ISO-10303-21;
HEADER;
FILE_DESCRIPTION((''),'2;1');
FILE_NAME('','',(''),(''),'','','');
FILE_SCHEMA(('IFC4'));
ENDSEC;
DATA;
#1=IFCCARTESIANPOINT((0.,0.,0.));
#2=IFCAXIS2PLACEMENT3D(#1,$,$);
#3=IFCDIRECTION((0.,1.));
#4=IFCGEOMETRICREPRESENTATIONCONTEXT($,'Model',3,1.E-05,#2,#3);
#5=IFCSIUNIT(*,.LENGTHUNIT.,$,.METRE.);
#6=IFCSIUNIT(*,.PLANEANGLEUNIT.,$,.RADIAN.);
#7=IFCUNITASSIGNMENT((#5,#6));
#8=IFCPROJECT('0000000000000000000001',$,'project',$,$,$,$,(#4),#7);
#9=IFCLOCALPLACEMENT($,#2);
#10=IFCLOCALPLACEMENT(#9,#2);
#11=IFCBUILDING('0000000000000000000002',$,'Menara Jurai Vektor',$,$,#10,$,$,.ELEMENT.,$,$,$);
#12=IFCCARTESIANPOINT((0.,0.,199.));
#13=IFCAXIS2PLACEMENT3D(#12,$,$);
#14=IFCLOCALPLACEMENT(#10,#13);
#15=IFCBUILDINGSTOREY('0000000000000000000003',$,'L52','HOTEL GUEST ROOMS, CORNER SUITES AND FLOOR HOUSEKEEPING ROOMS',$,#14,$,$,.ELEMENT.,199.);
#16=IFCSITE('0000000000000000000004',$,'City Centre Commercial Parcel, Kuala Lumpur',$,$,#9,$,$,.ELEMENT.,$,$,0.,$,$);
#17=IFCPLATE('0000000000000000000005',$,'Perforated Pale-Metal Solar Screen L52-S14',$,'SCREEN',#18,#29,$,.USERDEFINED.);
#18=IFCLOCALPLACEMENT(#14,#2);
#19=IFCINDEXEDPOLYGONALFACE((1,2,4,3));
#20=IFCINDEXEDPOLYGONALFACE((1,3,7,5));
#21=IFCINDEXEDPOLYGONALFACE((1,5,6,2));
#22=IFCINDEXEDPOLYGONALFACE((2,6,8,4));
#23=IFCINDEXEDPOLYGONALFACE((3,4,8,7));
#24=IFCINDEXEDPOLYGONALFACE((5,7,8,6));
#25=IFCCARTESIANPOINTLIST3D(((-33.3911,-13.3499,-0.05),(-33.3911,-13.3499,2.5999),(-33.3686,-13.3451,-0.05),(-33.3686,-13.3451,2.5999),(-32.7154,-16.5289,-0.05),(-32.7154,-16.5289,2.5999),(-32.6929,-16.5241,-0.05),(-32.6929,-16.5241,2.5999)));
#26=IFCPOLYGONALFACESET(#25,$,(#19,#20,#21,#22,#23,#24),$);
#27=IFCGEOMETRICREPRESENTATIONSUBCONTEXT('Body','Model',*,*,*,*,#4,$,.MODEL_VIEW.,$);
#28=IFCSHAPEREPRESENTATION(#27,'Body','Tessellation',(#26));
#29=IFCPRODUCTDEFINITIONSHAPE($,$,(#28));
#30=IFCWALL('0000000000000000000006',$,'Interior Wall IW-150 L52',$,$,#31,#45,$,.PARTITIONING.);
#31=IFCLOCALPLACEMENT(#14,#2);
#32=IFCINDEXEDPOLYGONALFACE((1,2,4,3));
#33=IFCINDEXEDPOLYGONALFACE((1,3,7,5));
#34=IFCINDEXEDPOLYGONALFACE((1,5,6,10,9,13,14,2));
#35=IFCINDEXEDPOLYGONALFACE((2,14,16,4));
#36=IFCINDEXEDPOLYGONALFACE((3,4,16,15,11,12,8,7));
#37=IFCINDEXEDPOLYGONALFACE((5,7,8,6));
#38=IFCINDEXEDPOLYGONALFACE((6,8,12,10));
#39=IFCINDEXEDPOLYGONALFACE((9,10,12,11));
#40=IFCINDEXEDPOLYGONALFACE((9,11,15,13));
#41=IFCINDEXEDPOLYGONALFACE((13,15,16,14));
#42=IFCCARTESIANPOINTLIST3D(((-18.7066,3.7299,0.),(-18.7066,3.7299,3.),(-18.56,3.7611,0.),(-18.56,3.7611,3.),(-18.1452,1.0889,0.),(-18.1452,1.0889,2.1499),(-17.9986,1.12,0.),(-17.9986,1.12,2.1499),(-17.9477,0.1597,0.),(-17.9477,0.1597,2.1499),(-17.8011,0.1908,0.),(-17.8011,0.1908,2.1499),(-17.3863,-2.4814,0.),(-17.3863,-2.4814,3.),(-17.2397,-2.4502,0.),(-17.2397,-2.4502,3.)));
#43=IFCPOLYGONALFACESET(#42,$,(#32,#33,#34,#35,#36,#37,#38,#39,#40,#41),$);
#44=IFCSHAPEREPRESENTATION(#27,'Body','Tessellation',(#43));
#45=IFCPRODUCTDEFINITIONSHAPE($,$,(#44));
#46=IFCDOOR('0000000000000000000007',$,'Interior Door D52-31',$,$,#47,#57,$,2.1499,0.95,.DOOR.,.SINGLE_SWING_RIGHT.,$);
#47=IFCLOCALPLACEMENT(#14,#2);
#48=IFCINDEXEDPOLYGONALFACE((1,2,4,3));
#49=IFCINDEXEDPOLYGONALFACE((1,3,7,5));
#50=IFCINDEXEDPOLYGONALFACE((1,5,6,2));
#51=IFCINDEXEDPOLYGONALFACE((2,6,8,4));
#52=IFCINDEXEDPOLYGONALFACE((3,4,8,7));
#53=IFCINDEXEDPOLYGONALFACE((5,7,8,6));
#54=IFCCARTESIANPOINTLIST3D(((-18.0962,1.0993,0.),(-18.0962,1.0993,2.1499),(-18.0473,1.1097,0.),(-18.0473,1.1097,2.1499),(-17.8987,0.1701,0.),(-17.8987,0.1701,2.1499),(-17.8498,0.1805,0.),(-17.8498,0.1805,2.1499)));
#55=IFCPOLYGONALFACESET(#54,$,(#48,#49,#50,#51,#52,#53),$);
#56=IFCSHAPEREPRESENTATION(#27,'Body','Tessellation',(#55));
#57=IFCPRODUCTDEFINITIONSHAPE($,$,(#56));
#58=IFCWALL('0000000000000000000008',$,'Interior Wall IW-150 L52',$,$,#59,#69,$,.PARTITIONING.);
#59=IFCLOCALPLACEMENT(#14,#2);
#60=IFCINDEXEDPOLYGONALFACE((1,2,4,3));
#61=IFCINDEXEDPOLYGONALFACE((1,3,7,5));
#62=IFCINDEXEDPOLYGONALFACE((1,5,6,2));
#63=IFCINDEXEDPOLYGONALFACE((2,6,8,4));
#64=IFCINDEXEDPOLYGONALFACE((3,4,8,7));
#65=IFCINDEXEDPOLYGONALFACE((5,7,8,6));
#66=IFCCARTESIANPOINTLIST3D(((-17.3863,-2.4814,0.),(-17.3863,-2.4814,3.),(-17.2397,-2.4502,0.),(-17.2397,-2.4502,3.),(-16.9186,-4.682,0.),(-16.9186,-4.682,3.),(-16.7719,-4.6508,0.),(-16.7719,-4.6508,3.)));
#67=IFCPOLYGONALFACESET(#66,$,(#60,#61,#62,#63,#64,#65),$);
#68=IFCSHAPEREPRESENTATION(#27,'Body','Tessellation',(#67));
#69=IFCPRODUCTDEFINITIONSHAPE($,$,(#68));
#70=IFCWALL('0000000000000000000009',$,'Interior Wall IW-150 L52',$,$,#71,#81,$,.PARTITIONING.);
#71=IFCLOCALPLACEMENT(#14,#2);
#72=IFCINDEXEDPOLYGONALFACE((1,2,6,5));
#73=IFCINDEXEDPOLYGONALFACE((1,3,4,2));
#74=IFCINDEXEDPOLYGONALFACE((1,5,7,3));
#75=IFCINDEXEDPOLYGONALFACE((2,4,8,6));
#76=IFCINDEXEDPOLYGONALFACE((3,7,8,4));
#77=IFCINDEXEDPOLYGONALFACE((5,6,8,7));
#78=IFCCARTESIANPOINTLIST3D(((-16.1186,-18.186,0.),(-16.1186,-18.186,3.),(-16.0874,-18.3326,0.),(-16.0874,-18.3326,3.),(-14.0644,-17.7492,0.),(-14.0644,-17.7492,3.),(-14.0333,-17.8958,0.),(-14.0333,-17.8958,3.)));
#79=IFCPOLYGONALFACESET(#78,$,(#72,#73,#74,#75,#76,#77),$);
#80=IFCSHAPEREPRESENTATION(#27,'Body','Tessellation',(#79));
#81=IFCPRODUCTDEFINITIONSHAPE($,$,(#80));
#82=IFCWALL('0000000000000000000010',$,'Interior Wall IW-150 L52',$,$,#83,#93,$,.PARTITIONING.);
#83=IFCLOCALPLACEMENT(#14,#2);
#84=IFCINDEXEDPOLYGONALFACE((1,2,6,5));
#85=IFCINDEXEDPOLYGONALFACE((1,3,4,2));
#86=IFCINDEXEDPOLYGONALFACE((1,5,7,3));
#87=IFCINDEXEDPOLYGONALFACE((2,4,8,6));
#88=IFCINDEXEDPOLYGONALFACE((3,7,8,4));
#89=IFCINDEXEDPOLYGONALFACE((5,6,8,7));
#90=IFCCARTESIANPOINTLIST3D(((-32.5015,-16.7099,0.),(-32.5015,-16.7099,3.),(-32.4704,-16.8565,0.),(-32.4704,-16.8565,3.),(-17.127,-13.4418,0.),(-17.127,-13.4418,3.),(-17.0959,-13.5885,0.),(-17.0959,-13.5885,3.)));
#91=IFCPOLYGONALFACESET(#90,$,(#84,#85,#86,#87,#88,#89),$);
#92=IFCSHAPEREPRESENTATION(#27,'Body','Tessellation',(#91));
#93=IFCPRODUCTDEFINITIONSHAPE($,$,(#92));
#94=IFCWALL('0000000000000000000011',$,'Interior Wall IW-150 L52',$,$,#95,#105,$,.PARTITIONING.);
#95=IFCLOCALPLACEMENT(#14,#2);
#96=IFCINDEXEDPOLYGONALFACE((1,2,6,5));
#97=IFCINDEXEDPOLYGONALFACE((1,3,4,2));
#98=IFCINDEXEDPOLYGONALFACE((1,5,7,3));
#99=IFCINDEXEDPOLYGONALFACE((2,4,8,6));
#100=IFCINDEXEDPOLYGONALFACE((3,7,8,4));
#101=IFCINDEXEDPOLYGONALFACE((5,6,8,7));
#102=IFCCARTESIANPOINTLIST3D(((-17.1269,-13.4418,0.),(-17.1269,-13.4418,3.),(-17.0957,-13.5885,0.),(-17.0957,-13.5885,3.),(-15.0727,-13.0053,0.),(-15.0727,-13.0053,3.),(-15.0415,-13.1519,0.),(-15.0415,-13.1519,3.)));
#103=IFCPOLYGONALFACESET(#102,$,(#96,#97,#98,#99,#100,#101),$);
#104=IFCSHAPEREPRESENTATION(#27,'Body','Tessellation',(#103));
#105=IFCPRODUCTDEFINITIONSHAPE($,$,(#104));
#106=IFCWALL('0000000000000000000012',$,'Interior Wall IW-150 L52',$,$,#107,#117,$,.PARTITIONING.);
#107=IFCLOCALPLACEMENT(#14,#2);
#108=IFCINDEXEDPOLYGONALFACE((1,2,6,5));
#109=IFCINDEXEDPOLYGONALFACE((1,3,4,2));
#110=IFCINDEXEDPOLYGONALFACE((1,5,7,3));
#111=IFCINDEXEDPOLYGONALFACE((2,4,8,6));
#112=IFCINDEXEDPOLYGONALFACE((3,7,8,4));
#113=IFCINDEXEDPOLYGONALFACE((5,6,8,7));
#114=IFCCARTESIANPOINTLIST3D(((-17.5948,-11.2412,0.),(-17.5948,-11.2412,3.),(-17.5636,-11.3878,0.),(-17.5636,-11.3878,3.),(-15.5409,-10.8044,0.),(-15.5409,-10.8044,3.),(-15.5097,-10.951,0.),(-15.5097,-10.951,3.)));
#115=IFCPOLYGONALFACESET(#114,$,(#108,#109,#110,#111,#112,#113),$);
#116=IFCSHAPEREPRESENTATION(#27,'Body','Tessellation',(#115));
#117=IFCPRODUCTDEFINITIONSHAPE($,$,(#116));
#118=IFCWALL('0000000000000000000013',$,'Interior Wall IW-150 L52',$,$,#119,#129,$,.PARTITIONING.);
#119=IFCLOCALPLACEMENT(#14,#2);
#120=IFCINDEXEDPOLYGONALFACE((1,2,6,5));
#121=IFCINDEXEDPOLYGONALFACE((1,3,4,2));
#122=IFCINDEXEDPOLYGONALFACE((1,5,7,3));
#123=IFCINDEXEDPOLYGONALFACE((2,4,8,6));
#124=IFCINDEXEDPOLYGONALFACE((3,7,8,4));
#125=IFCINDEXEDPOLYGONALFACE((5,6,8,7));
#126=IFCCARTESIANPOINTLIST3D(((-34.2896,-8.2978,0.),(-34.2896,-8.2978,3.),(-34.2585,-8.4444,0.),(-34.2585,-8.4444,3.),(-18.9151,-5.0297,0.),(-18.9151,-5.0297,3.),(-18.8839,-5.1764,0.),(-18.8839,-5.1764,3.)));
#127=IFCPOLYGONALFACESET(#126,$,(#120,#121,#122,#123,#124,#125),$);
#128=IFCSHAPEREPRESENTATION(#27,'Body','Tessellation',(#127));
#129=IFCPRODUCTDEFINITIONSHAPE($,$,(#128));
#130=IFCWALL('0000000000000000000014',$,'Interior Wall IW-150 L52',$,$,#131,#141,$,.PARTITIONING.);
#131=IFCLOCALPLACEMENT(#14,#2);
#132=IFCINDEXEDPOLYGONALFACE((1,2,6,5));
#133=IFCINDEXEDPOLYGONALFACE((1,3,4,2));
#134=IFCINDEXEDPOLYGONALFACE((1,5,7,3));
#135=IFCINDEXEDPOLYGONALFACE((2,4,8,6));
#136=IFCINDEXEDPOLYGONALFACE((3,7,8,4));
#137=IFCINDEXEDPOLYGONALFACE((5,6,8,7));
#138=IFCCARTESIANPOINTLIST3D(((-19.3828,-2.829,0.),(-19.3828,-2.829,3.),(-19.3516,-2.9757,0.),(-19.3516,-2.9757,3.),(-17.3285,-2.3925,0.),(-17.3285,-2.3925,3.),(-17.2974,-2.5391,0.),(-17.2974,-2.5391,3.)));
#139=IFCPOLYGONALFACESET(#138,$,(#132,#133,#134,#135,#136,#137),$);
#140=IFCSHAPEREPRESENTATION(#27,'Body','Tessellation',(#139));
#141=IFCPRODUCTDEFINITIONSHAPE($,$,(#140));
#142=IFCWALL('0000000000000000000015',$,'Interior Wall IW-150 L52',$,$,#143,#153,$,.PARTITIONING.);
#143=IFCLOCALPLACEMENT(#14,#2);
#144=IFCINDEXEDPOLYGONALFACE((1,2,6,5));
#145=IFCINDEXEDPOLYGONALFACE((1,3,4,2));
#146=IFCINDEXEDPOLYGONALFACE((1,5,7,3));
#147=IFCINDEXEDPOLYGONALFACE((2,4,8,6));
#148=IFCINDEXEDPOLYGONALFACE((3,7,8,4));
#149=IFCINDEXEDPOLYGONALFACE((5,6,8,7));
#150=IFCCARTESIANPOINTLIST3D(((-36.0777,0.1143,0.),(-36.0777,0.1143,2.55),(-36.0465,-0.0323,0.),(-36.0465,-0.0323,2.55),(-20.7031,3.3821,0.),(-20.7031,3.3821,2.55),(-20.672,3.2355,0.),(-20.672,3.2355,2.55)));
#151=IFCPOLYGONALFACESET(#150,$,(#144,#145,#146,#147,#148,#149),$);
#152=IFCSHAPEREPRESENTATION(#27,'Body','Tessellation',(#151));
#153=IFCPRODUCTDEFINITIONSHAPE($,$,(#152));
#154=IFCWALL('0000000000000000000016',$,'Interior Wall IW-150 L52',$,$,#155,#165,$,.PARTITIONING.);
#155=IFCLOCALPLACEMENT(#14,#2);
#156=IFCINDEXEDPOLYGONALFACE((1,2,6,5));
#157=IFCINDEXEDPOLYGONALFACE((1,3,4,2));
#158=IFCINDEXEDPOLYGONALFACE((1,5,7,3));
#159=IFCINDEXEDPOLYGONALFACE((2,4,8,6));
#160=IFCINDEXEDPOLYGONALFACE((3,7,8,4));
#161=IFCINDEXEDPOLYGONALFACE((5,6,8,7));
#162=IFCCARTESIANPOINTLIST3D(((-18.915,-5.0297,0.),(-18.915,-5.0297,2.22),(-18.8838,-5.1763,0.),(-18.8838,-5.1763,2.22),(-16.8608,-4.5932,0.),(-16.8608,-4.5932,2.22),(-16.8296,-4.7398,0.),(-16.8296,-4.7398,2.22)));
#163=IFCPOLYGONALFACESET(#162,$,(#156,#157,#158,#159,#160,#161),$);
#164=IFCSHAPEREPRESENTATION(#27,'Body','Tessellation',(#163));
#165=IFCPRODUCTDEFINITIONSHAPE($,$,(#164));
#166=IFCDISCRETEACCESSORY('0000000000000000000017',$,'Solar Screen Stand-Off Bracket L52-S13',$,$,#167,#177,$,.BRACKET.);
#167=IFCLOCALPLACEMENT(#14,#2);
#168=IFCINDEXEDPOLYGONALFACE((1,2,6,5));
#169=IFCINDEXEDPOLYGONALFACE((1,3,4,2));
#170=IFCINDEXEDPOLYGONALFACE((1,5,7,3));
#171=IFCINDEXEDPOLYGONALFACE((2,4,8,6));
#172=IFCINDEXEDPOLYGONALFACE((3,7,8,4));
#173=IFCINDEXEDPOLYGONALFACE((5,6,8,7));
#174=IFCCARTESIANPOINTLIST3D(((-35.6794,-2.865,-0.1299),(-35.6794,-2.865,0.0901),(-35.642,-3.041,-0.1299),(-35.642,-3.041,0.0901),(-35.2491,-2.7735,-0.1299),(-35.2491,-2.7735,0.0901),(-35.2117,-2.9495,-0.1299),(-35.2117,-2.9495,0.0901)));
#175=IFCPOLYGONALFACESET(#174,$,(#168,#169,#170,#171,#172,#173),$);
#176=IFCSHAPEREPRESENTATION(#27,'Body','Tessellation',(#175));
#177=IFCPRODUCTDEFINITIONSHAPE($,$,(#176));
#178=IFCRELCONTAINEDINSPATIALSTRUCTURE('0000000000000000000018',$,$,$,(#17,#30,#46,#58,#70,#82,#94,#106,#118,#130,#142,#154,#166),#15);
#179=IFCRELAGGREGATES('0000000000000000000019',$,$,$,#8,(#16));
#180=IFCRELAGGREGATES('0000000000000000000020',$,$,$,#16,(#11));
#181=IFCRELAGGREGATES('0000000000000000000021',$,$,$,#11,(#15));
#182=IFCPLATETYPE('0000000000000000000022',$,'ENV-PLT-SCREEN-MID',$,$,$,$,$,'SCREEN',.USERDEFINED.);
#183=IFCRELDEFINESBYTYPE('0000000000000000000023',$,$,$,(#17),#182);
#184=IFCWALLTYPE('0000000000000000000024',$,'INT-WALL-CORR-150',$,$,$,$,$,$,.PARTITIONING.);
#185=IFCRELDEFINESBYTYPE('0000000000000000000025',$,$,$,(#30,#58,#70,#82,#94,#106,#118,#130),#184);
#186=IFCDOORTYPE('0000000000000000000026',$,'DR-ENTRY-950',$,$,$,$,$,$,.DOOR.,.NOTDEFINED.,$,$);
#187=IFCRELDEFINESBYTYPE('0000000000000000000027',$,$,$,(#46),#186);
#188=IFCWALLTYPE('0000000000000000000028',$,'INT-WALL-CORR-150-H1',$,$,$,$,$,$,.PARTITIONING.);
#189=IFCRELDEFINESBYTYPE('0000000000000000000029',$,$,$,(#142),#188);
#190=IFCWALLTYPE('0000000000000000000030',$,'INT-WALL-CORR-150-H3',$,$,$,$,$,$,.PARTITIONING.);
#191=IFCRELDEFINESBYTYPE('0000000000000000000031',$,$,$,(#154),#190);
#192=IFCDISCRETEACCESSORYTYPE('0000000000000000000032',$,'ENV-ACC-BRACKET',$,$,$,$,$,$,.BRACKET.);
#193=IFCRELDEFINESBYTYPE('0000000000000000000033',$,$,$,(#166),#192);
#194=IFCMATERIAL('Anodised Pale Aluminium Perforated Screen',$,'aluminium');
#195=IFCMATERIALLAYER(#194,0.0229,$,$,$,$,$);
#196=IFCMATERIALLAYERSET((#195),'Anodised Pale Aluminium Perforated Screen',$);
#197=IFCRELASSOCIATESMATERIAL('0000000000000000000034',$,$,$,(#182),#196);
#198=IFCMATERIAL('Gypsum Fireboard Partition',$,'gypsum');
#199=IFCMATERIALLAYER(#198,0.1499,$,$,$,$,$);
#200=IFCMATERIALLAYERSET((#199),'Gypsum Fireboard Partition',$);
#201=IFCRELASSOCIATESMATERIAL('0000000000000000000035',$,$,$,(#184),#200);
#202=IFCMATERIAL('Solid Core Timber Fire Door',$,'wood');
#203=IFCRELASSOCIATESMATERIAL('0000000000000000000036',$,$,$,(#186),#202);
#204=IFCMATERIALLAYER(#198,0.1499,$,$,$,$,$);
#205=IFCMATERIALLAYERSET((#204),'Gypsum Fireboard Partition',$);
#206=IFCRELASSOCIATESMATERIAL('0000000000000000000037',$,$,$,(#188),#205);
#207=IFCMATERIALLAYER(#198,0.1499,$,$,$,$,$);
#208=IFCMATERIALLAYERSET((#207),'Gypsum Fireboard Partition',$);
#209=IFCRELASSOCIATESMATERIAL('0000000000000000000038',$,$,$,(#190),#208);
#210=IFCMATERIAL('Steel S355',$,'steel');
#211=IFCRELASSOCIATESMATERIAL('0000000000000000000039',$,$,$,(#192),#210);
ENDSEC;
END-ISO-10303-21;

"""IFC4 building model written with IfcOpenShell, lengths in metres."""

from ifc_helpers import new_model, si_unit, direction, frame, frame_2d, origin, origin_2d, place, context, subcontext, project, spatial, rectangle, extrude, material, layer, layer_set, type_object, element, fill, save


model = new_model("IFC4")

# Units and contexts
model_context = context("Model", 3, precision=1e-05, world=origin(), true_north=direction((0.0, 1.0)))
body_context = subcontext(model_context, "Body", "Model", "MODEL_VIEW")
ifc_project = project(units=[si_unit("LENGTHUNIT", "METRE"), si_unit("PLANEANGLEUNIT", "RADIAN")], contexts=[model_context])

# Site, building, storey
site_placement = place(None, origin())
site = spatial("IfcSite", under=ifc_project, at=site_placement, Name="City Centre Commercial Parcel, Kuala Lumpur", CompositionType="ELEMENT", RefElevation=0.0)
building_placement = place(site_placement, origin())
building = spatial("IfcBuilding", under=site, at=building_placement, Name="Menara Jurai Vektor", CompositionType="ELEMENT")
storey_placement = place(building_placement, frame((0.0, 0.0, 199.0)))
storey = spatial("IfcBuildingStorey", under=building, at=storey_placement, Name="L52", Description="HOTEL GUEST ROOMS, CORNER SUITES AND FLOOR HOUSEKEEPING ROOMS", CompositionType="ELEMENT", Elevation=199.0)

# Shared definitions
ifc_material_1 = material(Name="Steel S355", Category="steel")

# Plate
ifc_material_2 = material(Name="Anodised Pale Aluminium Perforated Screen", Category="aluminium")
ifc_layer_1 = layer(ifc_material_2, 0.0229)
ifc_layer_set_1 = layer_set([ifc_layer_1], Name="Anodised Pale Aluminium Perforated Screen")
plate_type_1 = type_object("IfcPlateType", Name="ENV-PLT-SCREEN-MID", ElementType="SCREEN", PredefinedType="USERDEFINED", material=ifc_layer_set_1)
for number, where, z_axis, x_axis, name in (
    (1, (-33.042, -14.937, -0.05), (0.0, 0.0, 1.0), (0.207912, -0.978148, 0.0), "Perforated Pale-Metal Solar Screen L52-S14"),
):
    element("IfcPlate", number, at=place(storey_placement, frame(where, z_axis=z_axis, x_axis=x_axis)), inside=storey, type_object=plate_type_1, Name=name, ObjectType="SCREEN", PredefinedType="USERDEFINED", context=body_context, shape_type="SweptSolid", body=[
        extrude(rectangle(XDim=3.25, YDim=0.0229, at=origin_2d()), origin(), (0.0, 0.0, 1.0), 2.6499),
    ])

# Wall, opening, door
ifc_material_3 = material(Name="Gypsum Fireboard Partition", Category="gypsum")
ifc_layer_2 = layer(ifc_material_3, 0.1499)
ifc_layer_set_2 = layer_set([ifc_layer_2], Name="Gypsum Fireboard Partition")
wall_type_1 = type_object("IfcWallType", Name="INT-WALL-CORR-150", PredefinedType="PARTITIONING", material=ifc_layer_set_2)
wall_1_placement = place(storey_placement, frame((-17.313, -2.4658, 0.0), z_axis=(0.0, 0.0, 1.0), x_axis=(-0.207917, 0.978147, 0.0)))
wall_1 = element("IfcWall", 2, at=wall_1_placement, inside=storey, type_object=wall_type_1, Name="Interior Wall IW-150 L52", PredefinedType="PARTITIONING", context=body_context, shape_type="SweptSolid", body=[
    extrude(rectangle(XDim=6.3501, YDim=0.1499, at=frame_2d((3.175, 0.0))), origin(), (0.0, 0.0, 1.0), 3.0),
])
opening_1_placement = place(wall_1_placement, frame((2.7, 0.0, 0.0)))
opening_1 = element("IfcOpeningElement", 3, at=opening_1_placement, cuts=wall_1, PredefinedType="OPENING", context=body_context, shape_type="SweptSolid", body=[
    extrude(rectangle(XDim=0.95, YDim=2.1499, at=frame_2d((0.4751, 1.075))), frame((0.0, 0.085, 0.0), z_axis=(0.0, -1.0, 0.0), x_axis=(1.0, 0.0, 0.0)), (0.0, 0.0, 1.0), 0.1699),
])
ifc_material_4 = material(Name="Solid Core Timber Fire Door", Category="wood")
door_type_1 = type_object("IfcDoorType", Name="DR-ENTRY-950", OperationType="NOTDEFINED", PredefinedType="DOOR", material=ifc_material_4)
door_1_placement = place(opening_1_placement, origin())
door_1 = element("IfcDoor", 4, at=door_1_placement, inside=storey, type_object=door_type_1, Name="Interior Door D52-31", OperationType="SINGLE_SWING_RIGHT", OverallHeight=2.1499, OverallWidth=0.95, PredefinedType="DOOR", context=body_context, shape_type="SweptSolid", body=[
    extrude(rectangle(XDim=0.95, YDim=2.1499, at=frame_2d((0.4751, 1.075))), frame((0.0, 0.0249, 0.0), z_axis=(0.0, -1.0, 0.0), x_axis=(1.0, 0.0, 0.0)), (0.0, 0.0, 1.0), 0.05),
])
fill(opening_1, door_1)

# Walls
wall_2_placement = place(storey_placement, frame((-16.8452, -4.6665, 0.0), z_axis=(0.0, 0.0, 1.0), x_axis=(-0.207913, 0.978147, 0.0)))
element("IfcWall", 5, at=wall_2_placement, inside=storey, type_object=wall_type_1, Name="Interior Wall IW-150 L52", PredefinedType="PARTITIONING", context=body_context, shape_type="SweptSolid", body=[
    extrude(rectangle(XDim=2.2498, YDim=0.1499, at=frame_2d((1.125, 0.0))), origin(), (0.0, 0.0, 1.0), 3.0),
])
wall_3_placement = place(storey_placement, frame((-16.103, -18.2593, 0.0), z_axis=(0.0, 0.0, 1.0), x_axis=(0.978135, 0.207973, 0.0)))
element("IfcWall", 6, at=wall_3_placement, inside=storey, type_object=wall_type_1, Name="Interior Wall IW-150 L52", PredefinedType="PARTITIONING", context=body_context, shape_type="SweptSolid", body=[
    extrude(rectangle(XDim=2.1001, YDim=0.1499, at=frame_2d((1.05, 0.0))), origin(), (0.0, 0.0, 1.0), 3.0),
])
wall_4_placement = place(storey_placement, frame((-32.4858, -16.7832, 0.0), z_axis=(0.0, 0.0, 1.0), x_axis=(0.978146, 0.207919, 0.0)))
element("IfcWall", 7, at=wall_4_placement, inside=storey, type_object=wall_type_1, Name="Interior Wall IW-150 L52", PredefinedType="PARTITIONING", context=body_context, shape_type="SweptSolid", body=[
    extrude(rectangle(XDim=15.718, YDim=0.1499, at=frame_2d((7.8589, 0.0))), origin(), (0.0, 0.0, 1.0), 3.0),
])
wall_5_placement = place(storey_placement, frame((-17.1113, -13.5151, 0.0), z_axis=(0.0, 0.0, 1.0), x_axis=(0.978158, 0.207862, 0.0)))
element("IfcWall", 8, at=wall_5_placement, inside=storey, type_object=wall_type_1, Name="Interior Wall IW-150 L52", PredefinedType="PARTITIONING", context=body_context, shape_type="SweptSolid", body=[
    extrude(rectangle(XDim=2.1001, YDim=0.1499, at=frame_2d((1.05, 0.0))), origin(), (0.0, 0.0, 1.0), 3.0),
])

# Walls
wall_6_placement = place(storey_placement, frame((-17.5791, -11.3145, 0.0), z_axis=(0.0, 0.0, 1.0), x_axis=(0.97813, 0.207996, 0.0)))
element("IfcWall", 9, at=wall_6_placement, inside=storey, type_object=wall_type_1, Name="Interior Wall IW-150 L52", PredefinedType="PARTITIONING", context=body_context, shape_type="SweptSolid", body=[
    extrude(rectangle(XDim=2.0999, YDim=0.1499, at=frame_2d((1.0498, 0.0))), origin(), (0.0, 0.0, 1.0), 3.0),
])
wall_7_placement = place(storey_placement, frame((-34.2739, -8.3711, 0.0), z_axis=(0.0, 0.0, 1.0), x_axis=(0.978146, 0.207919, 0.0)))
element("IfcWall", 10, at=wall_7_placement, inside=storey, type_object=wall_type_1, Name="Interior Wall IW-150 L52", PredefinedType="PARTITIONING", context=body_context, shape_type="SweptSolid", body=[
    extrude(rectangle(XDim=15.718, YDim=0.1499, at=frame_2d((7.8589, 0.0))), origin(), (0.0, 0.0, 1.0), 3.0),
])

# Walls
wall_8_placement = place(storey_placement, frame((-19.3672, -2.9023, 0.0), z_axis=(0.0, 0.0, 1.0), x_axis=(0.978158, 0.207862, 0.0)))
element("IfcWall", 11, at=wall_8_placement, inside=storey, type_object=wall_type_1, Name="Interior Wall IW-150 L52", PredefinedType="PARTITIONING", context=body_context, shape_type="SweptSolid", body=[
    extrude(rectangle(XDim=2.1001, YDim=0.1499, at=frame_2d((1.05, 0.0))), origin(), (0.0, 0.0, 1.0), 3.0),
])
ifc_layer_3 = layer(ifc_material_3, 0.1499)
ifc_layer_set_3 = layer_set([ifc_layer_3], Name="Gypsum Fireboard Partition")
wall_type_2 = type_object("IfcWallType", Name="INT-WALL-CORR-150-H1", PredefinedType="PARTITIONING", material=ifc_layer_set_3)
wall_9_placement = place(storey_placement, frame((-36.062, 0.041, 0.0), z_axis=(0.0, 0.0, 1.0), x_axis=(0.978149, 0.207904, 0.0)))
element("IfcWall", 12, at=wall_9_placement, inside=storey, type_object=wall_type_2, Name="Interior Wall IW-150 L52", PredefinedType="PARTITIONING", context=body_context, shape_type="SweptSolid", body=[
    extrude(rectangle(XDim=15.718, YDim=0.1499, at=frame_2d((7.8589, 0.0))), origin(), (0.0, 0.0, 1.0), 2.55),
])
ifc_layer_4 = layer(ifc_material_3, 0.1499)
ifc_layer_set_4 = layer_set([ifc_layer_4], Name="Gypsum Fireboard Partition")
wall_type_3 = type_object("IfcWallType", Name="INT-WALL-CORR-150-H3", PredefinedType="PARTITIONING", material=ifc_layer_set_4)
wall_10_placement = place(storey_placement, frame((-18.8994, -5.103, 0.0), z_axis=(0.0, 0.0, 1.0), x_axis=(0.978158, 0.207862, 0.0)))
element("IfcWall", 13, at=wall_10_placement, inside=storey, type_object=wall_type_3, Name="Interior Wall IW-150 L52", PredefinedType="PARTITIONING", context=body_context, shape_type="SweptSolid", body=[
    extrude(rectangle(XDim=2.1001, YDim=0.1499, at=frame_2d((1.05, 0.0))), origin(), (0.0, 0.0, 1.0), 2.22),
])

# Discrete accessory
discrete_accessory_type = type_object("IfcDiscreteAccessoryType", Name="ENV-ACC-BRACKET", PredefinedType="BRACKET", material=ifc_material_1)
for number, where, z_axis, x_axis, name in (
    (14, (-35.4456, -2.9072, -0.1299), (0.0, 0.0, 1.0), (0.207912, -0.978148, 0.0), "Solar Screen Stand-Off Bracket L52-S13"),
):
    element("IfcDiscreteAccessory", number, at=place(storey_placement, frame(where, z_axis=z_axis, x_axis=x_axis)), inside=storey, type_object=discrete_accessory_type, Name=name, PredefinedType="BRACKET", context=body_context, shape_type="SweptSolid", body=[
        extrude(rectangle(XDim=0.1799, YDim=0.4399, at=origin_2d()), origin(), (0.0, 0.0, 1.0), 0.22),
    ])

save(model, "model.ifc")
